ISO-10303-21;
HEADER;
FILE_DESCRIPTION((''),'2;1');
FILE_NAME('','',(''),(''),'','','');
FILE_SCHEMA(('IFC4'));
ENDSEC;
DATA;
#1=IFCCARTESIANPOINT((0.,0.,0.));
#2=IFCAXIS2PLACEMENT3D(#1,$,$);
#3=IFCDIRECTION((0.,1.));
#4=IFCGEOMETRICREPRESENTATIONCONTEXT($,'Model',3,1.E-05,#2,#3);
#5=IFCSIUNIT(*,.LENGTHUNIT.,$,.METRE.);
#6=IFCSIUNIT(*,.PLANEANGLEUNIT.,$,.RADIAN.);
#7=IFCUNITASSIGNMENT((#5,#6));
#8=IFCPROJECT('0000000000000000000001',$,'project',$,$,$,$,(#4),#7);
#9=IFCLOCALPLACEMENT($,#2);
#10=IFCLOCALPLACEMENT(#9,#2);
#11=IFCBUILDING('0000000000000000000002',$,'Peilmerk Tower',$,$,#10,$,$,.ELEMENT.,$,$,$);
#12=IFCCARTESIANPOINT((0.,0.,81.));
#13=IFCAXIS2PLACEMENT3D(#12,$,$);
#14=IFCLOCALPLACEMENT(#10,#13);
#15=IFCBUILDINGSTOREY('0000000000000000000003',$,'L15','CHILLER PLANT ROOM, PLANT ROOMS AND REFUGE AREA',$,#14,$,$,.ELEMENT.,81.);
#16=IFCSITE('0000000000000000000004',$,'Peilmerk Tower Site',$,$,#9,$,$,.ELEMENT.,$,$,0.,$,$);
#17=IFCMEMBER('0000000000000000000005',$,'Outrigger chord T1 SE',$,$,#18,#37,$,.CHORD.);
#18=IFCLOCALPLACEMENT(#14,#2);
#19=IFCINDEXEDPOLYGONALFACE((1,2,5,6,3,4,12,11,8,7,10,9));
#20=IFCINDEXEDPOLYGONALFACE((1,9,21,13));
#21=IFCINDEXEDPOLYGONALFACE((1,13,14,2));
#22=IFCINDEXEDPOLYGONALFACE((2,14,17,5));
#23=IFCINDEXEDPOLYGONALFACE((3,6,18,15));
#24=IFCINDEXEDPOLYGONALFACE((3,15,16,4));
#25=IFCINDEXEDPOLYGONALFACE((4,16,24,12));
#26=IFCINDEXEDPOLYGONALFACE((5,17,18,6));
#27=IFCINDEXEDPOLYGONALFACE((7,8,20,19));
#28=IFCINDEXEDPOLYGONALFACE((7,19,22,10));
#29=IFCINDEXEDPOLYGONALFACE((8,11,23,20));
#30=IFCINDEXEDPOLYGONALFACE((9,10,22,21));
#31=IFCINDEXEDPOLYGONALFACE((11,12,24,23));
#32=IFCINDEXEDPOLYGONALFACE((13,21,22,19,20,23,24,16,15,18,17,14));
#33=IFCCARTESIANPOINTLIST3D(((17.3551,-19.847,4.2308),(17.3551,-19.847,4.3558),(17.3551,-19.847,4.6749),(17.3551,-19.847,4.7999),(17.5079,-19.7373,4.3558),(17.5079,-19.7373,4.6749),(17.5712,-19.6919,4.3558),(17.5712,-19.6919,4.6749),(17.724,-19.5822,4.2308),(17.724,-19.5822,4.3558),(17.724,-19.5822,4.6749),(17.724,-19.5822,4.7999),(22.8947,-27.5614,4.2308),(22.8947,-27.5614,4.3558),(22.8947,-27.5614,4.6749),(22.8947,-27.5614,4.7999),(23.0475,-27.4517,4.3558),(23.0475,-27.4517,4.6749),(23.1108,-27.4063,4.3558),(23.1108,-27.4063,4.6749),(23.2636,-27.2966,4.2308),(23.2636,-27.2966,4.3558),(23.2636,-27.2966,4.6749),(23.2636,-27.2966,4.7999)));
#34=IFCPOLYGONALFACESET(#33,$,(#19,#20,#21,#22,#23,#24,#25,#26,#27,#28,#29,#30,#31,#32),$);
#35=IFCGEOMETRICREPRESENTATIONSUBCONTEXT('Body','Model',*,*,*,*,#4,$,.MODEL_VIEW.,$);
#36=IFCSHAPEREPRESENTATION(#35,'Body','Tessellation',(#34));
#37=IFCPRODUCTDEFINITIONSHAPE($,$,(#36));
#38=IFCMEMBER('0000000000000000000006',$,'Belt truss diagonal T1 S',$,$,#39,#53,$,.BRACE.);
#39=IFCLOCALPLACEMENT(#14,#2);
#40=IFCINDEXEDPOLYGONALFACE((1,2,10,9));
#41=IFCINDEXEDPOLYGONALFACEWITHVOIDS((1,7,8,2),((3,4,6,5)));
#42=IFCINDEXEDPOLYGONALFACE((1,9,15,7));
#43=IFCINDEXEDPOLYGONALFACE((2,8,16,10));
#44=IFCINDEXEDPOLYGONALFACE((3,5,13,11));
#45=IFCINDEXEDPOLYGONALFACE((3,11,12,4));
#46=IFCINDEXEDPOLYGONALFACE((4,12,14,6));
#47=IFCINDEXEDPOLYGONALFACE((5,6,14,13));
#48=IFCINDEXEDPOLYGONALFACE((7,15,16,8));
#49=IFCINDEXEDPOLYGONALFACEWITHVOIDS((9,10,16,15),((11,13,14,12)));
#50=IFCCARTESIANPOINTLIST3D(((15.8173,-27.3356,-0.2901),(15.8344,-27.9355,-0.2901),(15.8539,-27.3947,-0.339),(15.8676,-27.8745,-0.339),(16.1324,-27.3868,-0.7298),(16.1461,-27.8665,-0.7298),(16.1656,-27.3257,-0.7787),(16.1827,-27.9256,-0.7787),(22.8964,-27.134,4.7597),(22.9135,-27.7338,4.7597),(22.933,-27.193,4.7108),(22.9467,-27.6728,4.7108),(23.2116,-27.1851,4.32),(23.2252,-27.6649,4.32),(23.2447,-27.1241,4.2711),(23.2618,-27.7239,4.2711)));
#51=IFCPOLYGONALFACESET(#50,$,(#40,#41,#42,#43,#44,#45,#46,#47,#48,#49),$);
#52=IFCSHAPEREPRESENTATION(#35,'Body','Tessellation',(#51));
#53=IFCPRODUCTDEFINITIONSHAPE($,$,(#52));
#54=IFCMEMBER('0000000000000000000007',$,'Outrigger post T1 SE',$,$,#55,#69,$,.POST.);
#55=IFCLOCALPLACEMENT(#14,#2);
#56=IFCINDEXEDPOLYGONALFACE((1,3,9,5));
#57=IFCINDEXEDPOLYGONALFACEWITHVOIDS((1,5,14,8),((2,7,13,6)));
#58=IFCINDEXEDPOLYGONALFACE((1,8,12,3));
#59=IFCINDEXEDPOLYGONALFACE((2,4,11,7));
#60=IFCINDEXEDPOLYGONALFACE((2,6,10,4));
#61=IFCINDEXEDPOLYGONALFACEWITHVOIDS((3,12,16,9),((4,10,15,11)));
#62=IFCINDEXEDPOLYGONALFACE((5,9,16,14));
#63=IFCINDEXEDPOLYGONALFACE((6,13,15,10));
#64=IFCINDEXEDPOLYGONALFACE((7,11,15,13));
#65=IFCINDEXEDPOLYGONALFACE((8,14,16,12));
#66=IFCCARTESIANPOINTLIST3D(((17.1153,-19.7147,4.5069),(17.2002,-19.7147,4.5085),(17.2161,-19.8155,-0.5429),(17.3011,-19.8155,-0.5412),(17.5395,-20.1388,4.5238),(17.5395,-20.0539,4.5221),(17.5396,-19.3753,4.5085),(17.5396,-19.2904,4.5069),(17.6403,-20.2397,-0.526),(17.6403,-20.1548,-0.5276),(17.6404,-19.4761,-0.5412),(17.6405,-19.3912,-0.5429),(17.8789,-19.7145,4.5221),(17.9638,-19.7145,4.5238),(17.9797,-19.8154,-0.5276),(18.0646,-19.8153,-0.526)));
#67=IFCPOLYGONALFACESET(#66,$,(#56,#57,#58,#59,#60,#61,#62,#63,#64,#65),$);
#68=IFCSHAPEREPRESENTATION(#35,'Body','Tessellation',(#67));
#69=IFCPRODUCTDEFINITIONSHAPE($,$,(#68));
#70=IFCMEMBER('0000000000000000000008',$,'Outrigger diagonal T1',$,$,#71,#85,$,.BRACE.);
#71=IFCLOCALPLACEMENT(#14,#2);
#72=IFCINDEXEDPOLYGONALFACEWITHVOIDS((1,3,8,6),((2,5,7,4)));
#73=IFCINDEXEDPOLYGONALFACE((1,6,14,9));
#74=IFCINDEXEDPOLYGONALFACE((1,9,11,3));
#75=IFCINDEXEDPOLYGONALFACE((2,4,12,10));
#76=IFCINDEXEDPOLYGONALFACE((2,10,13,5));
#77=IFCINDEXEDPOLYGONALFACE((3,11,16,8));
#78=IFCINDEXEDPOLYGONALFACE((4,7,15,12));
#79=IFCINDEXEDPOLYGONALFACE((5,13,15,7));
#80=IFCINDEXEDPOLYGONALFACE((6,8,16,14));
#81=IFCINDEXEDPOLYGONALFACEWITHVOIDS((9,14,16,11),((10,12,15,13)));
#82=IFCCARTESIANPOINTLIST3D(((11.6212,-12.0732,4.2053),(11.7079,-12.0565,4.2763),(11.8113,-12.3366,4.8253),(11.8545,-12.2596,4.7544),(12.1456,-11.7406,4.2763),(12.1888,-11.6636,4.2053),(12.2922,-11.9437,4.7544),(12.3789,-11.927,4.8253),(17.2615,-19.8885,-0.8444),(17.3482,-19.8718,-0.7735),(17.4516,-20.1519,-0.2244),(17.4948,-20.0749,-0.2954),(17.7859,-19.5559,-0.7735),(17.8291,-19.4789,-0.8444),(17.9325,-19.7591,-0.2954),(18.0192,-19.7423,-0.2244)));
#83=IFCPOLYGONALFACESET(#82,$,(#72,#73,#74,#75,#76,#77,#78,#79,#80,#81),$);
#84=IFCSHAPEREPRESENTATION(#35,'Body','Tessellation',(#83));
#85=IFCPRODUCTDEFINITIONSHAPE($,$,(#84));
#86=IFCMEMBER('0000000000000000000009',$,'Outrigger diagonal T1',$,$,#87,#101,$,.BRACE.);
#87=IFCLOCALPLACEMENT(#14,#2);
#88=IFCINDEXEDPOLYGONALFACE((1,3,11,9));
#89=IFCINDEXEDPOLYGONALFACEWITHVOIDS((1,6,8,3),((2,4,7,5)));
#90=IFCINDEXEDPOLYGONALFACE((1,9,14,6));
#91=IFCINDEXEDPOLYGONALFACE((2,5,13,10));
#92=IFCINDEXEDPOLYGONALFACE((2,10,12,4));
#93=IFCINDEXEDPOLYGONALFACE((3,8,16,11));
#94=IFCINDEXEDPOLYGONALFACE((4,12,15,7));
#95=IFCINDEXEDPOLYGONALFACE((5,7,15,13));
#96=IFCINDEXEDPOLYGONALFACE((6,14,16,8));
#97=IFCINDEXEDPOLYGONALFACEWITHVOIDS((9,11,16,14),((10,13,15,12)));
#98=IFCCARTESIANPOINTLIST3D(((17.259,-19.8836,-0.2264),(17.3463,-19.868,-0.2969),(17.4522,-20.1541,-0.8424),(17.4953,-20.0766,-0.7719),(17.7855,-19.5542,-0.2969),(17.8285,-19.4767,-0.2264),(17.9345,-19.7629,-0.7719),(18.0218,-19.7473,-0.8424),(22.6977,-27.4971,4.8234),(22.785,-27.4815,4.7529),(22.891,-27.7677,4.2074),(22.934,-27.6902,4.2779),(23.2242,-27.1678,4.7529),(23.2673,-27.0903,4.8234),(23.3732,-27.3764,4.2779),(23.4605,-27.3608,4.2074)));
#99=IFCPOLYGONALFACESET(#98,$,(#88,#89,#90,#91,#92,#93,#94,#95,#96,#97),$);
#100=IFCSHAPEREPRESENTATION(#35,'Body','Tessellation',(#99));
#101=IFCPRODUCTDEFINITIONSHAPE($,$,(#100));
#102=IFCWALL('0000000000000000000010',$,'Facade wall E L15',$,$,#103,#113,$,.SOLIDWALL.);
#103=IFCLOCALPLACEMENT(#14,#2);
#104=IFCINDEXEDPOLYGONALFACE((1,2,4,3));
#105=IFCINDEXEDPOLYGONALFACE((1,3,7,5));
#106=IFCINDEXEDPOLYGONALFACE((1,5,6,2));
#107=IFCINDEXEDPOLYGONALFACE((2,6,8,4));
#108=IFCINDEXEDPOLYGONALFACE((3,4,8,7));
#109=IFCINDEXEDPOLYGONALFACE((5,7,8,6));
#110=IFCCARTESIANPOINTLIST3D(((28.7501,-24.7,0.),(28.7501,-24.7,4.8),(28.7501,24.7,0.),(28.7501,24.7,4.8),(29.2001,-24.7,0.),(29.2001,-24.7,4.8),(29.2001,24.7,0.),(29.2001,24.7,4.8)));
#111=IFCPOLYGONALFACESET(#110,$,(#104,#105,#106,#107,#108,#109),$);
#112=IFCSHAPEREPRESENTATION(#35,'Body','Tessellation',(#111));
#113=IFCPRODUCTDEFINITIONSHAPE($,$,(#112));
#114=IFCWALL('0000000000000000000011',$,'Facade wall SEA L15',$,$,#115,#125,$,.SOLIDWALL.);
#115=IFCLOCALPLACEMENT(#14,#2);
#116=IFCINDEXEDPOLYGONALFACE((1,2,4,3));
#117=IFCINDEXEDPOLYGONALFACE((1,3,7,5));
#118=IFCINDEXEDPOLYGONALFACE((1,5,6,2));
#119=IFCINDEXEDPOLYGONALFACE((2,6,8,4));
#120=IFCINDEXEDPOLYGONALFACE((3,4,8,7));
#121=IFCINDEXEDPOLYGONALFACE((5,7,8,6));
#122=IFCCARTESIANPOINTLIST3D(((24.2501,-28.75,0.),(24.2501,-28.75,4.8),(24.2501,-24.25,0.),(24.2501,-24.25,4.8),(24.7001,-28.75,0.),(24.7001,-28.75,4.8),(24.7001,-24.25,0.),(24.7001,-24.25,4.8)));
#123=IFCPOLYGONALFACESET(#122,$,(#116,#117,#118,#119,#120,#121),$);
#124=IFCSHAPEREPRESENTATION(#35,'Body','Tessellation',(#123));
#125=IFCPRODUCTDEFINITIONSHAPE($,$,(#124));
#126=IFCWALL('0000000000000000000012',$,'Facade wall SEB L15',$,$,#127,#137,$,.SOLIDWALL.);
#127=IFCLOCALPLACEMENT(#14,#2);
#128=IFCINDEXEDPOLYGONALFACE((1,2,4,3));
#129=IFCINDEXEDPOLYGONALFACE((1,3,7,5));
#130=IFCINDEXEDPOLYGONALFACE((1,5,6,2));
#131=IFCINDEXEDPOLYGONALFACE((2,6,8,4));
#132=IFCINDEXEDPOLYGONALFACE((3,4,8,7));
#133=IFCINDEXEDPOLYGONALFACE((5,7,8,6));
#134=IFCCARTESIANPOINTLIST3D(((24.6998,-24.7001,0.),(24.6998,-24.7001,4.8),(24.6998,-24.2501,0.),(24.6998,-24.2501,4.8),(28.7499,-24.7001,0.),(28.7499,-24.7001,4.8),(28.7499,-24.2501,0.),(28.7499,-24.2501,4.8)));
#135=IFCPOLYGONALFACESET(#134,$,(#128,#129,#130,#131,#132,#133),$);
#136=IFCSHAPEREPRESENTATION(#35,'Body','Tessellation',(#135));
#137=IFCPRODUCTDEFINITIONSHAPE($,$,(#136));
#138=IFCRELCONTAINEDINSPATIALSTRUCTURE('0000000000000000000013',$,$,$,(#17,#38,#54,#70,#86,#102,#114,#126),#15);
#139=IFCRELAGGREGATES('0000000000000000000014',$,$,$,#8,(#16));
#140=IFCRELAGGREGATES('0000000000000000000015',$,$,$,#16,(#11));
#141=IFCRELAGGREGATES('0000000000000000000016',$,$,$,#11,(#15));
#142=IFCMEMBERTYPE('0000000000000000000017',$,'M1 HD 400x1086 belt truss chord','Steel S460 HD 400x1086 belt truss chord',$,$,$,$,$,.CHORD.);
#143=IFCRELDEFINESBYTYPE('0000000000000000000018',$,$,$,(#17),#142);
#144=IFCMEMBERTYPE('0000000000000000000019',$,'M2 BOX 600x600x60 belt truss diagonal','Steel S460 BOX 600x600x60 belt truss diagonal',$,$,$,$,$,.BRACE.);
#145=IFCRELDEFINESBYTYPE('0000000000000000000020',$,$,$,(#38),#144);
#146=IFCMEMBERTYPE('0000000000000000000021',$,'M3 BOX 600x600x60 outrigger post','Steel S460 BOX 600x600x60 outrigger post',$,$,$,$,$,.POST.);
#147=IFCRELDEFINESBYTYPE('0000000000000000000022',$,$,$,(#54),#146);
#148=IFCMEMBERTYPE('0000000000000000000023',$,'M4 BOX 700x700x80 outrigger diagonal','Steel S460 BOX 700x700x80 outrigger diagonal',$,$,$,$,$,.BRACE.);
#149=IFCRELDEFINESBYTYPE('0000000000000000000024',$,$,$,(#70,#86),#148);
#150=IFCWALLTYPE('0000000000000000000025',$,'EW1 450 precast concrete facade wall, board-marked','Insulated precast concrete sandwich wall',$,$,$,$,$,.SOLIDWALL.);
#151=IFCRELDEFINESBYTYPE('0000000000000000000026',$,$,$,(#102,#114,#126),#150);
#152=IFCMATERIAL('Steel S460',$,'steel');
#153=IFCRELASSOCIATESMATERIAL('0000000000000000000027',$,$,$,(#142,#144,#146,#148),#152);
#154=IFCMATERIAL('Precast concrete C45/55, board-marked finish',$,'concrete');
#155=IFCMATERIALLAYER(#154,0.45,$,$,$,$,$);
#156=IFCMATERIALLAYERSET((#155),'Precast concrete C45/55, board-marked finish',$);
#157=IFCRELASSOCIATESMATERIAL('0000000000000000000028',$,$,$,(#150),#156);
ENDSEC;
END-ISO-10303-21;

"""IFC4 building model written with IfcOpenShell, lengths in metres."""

from ifc_helpers import new_model, si_unit, direction, frame, frame_2d, origin, origin_2d, place, context, subcontext, project, spatial, rectangle, hollow_rectangle, i_section, extrude, material, layer, layer_set, material_profile, profile_set, type_object, element, save


model = new_model("IFC4")

# Units and contexts
model_context = context("Model", 3, precision=1e-05, world=origin(), true_north=direction((0.0, 1.0)))
body_context = subcontext(model_context, "Body", "Model", "MODEL_VIEW")
ifc_project = project(units=[si_unit("LENGTHUNIT", "METRE"), si_unit("PLANEANGLEUNIT", "RADIAN")], contexts=[model_context])

# Site, building, storey
site_placement = place(None, origin())
site = spatial("IfcSite", under=ifc_project, at=site_placement, Name="Peilmerk Tower Site", CompositionType="ELEMENT", RefElevation=0.0)
building_placement = place(site_placement, origin())
building = spatial("IfcBuilding", under=site, at=building_placement, Name="Peilmerk Tower", CompositionType="ELEMENT")
storey_placement = place(building_placement, frame((0.0, 0.0, 81.0)))
storey = spatial("IfcBuildingStorey", under=building, at=storey_placement, Name="L15", Description="CHILLER PLANT ROOM, PLANT ROOMS AND REFUGE AREA", CompositionType="ELEMENT", Elevation=81.0)

# Shared definitions
ifc_material_1 = material(Name="Steel S460", Category="steel")

# Members
ifc_material_profile_1 = material_profile(ifc_material_1, i_section(OverallWidth=0.4541, OverallDepth=0.5691, WebThickness=0.0779, FlangeThickness=0.125, at=origin_2d()), Name="HD 400x1086")
ifc_profile_set_1 = profile_set([ifc_material_profile_1], Name="Steel S460")
member_type_1 = type_object("IfcMemberType", Name="M1 HD 400x1086 belt truss chord", Description="Steel S460 HD 400x1086 belt truss chord", PredefinedType="CHORD", material=ifc_profile_set_1)
member_1_placement = place(storey_placement, frame((17.5396, -19.7146, 4.5154), z_axis=(0.583279, -0.812272, 0.0), x_axis=(0.812272, 0.583279, 0.0)))
element("IfcMember", 1, at=member_1_placement, inside=storey, type_object=member_type_1, Name="Outrigger chord T1 SE", PredefinedType="CHORD", context=body_context, shape_type="SweptSolid", body=[
    extrude(i_section(OverallWidth=0.4541, OverallDepth=0.5691, WebThickness=0.0779, FlangeThickness=0.125, at=origin_2d()), origin(), (0.0, 0.0, 1.0), 9.4973),
])
ifc_material_profile_2 = material_profile(ifc_material_1, hollow_rectangle(XDim=0.6001, YDim=0.6001, WallThickness=0.0601, at=origin_2d()), Name="BOX 600x600x60")
ifc_profile_set_2 = profile_set([ifc_material_profile_2], Name="Steel S460")
member_type_2 = type_object("IfcMemberType", Name="M2 BOX 600x600x60 belt truss diagonal", Description="Steel S460 BOX 600x600x60 belt truss diagonal", PredefinedType="BRACE", material=ifc_profile_set_2)
member_2_placement = place(storey_placement, frame((16.0, -27.6306, -0.5344), z_axis=(0.813879, 0.023185, 0.580572), x_axis=(-0.028475, 0.999595, 0.0)))
element("IfcMember", 2, at=member_2_placement, inside=storey, type_object=member_type_2, Name="Belt truss diagonal T1 S", PredefinedType="BRACE", context=body_context, shape_type="SweptSolid", body=[
    extrude(hollow_rectangle(XDim=0.6001, YDim=0.6001, WallThickness=0.0601, at=origin_2d()), origin(), (0.0, 0.0, 1.0), 8.698),
])
ifc_material_profile_3 = material_profile(ifc_material_1, hollow_rectangle(XDim=0.6001, YDim=0.6001, WallThickness=0.0601, at=origin_2d()), Name="BOX 600x600x60")
ifc_profile_set_3 = profile_set([ifc_material_profile_3], Name="Steel S460")
member_type_3 = type_object("IfcMemberType", Name="M3 BOX 600x600x60 outrigger post", Description="Steel S460 BOX 600x600x60 outrigger post", PredefinedType="POST", material=ifc_profile_set_3)
member_3_placement = place(storey_placement, frame((17.6404, -19.8154, -0.5344), z_axis=(-0.019959, 0.019959, 0.999602), x_axis=(-0.707107, -0.707107, 0.0)))
element("IfcMember", 3, at=member_3_placement, inside=storey, type_object=member_type_3, Name="Outrigger post T1 SE", PredefinedType="POST", context=body_context, shape_type="SweptSolid", body=[
    extrude(hollow_rectangle(XDim=0.6001, YDim=0.6001, WallThickness=0.0601, at=origin_2d()), origin(), (0.0, 0.0, 1.0), 5.0518),
])
ifc_material_profile_4 = material_profile(ifc_material_1, hollow_rectangle(XDim=0.7, YDim=0.7, WallThickness=0.0801, at=origin_2d()), Name="BOX 700x700x80")
ifc_profile_set_4 = profile_set([ifc_material_profile_4], Name="Steel S460")
member_type_4 = type_object("IfcMemberType", Name="M4 BOX 700x700x80 outrigger diagonal", Description="Steel S460 BOX 700x700x80 outrigger diagonal", PredefinedType="BRACE", material=ifc_profile_set_4)
member_4_placement = place(storey_placement, frame((17.6404, -19.8154, -0.5344), z_axis=(-0.518371, 0.718266, 0.464095), x_axis=(-0.810881, -0.585211, 0.0)))
element("IfcMember", 4, at=member_4_placement, inside=storey, type_object=member_type_4, Name="Outrigger diagonal T1", PredefinedType="BRACE", context=body_context, shape_type="SweptSolid", body=[
    extrude(hollow_rectangle(XDim=0.7, YDim=0.7, WallThickness=0.0801, at=origin_2d()), origin(), (0.0, 0.0, 1.0), 10.8809),
])
member_5_placement = place(storey_placement, frame((17.6404, -19.8154, -0.5344), z_axis=(0.511528, -0.716075, 0.474949), x_axis=(0.813709, 0.581273, 0.0)))
element("IfcMember", 5, at=member_5_placement, inside=storey, type_object=member_type_4, Name="Outrigger diagonal T1", PredefinedType="BRACE", context=body_context, shape_type="SweptSolid", body=[
    extrude(hollow_rectangle(XDim=0.7, YDim=0.7, WallThickness=0.0801, at=origin_2d()), origin(), (0.0, 0.0, 1.0), 10.6323),
])

# Walls
ifc_material_2 = material(Name="Precast concrete C45/55, board-marked finish", Category="concrete")
ifc_layer = layer(ifc_material_2, 0.45)
ifc_layer_set = layer_set([ifc_layer], Name="Precast concrete C45/55, board-marked finish")
wall_type = type_object("IfcWallType", Name="EW1 450 precast concrete facade wall, board-marked", Description="Insulated precast concrete sandwich wall", PredefinedType="SOLIDWALL", material=ifc_layer_set)
wall_1_placement = place(storey_placement, frame((28.9751, -24.7, 0.0), z_axis=(0.0, 0.0, 1.0), x_axis=(0.0, 1.0, 0.0)))
element("IfcWall", 6, at=wall_1_placement, inside=storey, type_object=wall_type, Name="Facade wall E L15", PredefinedType="SOLIDWALL", context=body_context, shape_type="SweptSolid", body=[
    extrude(rectangle(XDim=49.3999, YDim=0.45, at=frame_2d((24.7, 0.0))), origin(), (0.0, 0.0, 1.0), 4.8),
])
wall_2_placement = place(storey_placement, frame((24.4751, -24.25, 0.0), z_axis=(0.0, 0.0, 1.0), x_axis=(0.0, -1.0, 0.0)))
element("IfcWall", 7, at=wall_2_placement, inside=storey, type_object=wall_type, Name="Facade wall SEA L15", PredefinedType="SOLIDWALL", context=body_context, shape_type="SweptSolid", body=[
    extrude(rectangle(XDim=4.5, YDim=0.45, at=frame_2d((2.25, 0.0))), origin(), (0.0, 0.0, 1.0), 4.8),
])
wall_3_placement = place(storey_placement, frame((24.7, -24.4751, 0.0), z_axis=(0.0, 0.0, 1.0), x_axis=(1.0, 0.0, 0.0)))
element("IfcWall", 8, at=wall_3_placement, inside=storey, type_object=wall_type, Name="Facade wall SEB L15", PredefinedType="SOLIDWALL", context=body_context, shape_type="SweptSolid", body=[
    extrude(rectangle(XDim=4.05, YDim=0.45, at=frame_2d((2.0249, 0.0))), origin(), (0.0, 0.0, 1.0), 4.8),
])

save(model, "model.ifc")
